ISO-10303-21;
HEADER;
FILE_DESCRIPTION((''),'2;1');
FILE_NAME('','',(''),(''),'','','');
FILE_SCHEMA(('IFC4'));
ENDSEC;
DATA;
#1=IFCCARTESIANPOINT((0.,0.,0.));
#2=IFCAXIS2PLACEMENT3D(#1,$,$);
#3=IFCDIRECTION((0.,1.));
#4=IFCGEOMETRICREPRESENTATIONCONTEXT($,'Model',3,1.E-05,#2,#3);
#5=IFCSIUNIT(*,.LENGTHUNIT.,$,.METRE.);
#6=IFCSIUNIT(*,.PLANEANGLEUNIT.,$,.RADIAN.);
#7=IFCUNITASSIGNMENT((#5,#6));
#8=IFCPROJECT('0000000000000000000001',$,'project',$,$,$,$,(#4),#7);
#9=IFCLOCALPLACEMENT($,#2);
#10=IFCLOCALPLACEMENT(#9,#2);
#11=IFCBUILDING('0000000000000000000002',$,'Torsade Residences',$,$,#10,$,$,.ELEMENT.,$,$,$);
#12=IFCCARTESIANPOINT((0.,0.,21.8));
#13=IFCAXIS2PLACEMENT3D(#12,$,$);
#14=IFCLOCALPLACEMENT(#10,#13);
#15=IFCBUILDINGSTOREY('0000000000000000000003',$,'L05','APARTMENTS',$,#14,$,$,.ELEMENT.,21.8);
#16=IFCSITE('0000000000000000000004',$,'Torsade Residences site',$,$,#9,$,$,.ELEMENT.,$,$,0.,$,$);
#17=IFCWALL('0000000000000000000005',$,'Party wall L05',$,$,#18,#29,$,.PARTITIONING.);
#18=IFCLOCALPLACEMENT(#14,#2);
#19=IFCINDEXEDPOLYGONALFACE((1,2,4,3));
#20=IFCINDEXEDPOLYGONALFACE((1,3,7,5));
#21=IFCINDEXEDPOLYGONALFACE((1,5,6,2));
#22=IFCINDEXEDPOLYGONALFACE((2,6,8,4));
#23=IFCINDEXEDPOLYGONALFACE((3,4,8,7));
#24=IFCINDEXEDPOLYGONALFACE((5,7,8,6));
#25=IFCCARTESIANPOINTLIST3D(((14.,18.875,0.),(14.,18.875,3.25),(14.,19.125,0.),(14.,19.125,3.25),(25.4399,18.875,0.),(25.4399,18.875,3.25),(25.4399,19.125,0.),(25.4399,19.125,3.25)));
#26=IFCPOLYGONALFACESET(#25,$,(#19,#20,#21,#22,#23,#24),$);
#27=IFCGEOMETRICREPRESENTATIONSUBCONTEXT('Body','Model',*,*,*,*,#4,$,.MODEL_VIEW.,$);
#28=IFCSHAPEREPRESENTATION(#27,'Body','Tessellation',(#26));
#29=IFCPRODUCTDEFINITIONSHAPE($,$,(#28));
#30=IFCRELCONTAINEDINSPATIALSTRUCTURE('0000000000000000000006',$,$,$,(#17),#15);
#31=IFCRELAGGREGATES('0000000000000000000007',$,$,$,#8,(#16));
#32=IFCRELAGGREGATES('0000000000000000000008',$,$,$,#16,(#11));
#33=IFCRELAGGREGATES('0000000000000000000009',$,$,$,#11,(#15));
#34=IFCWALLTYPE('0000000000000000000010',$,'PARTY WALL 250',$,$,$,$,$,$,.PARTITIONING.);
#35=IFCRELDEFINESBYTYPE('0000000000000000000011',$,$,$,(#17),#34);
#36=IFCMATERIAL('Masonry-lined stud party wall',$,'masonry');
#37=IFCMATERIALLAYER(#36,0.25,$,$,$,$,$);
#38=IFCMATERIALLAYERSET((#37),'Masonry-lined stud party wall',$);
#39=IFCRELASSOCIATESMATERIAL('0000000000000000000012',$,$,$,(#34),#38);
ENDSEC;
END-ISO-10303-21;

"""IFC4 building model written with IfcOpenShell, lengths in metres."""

from ifc_helpers import new_model, si_unit, direction, frame, frame_2d, origin, place, context, subcontext, project, spatial, rectangle, extrude, material, layer, layer_set, type_object, element, save


model = new_model("IFC4")

# Units and contexts
model_context = context("Model", 3, precision=1e-05, world=origin(), true_north=direction((0.0, 1.0)))
body_context = subcontext(model_context, "Body", "Model", "MODEL_VIEW")
ifc_project = project(units=[si_unit("LENGTHUNIT", "METRE"), si_unit("PLANEANGLEUNIT", "RADIAN")], contexts=[model_context])

# Site, building, storey
site_placement = place(None, origin())
site = spatial("IfcSite", under=ifc_project, at=site_placement, Name="Torsade Residences site", CompositionType="ELEMENT", RefElevation=0.0)
building_placement = place(site_placement, origin())
building = spatial("IfcBuilding", under=site, at=building_placement, Name="Torsade Residences", CompositionType="ELEMENT")
storey_placement = place(building_placement, frame((0.0, 0.0, 21.8)))
storey = spatial("IfcBuildingStorey", under=building, at=storey_placement, Name="L05", Description="APARTMENTS", CompositionType="ELEMENT", Elevation=21.8)

# Wall
ifc_material_1 = material(Name="Masonry-lined stud party wall", Category="masonry")
ifc_layer_1 = layer(ifc_material_1, 0.25)
ifc_layer_set_1 = layer_set([ifc_layer_1], Name="Masonry-lined stud party wall")
wall_type_1 = type_object("IfcWallType", Name="PARTY WALL 250", PredefinedType="PARTITIONING", material=ifc_layer_set_1)
wall_1_placement = place(storey_placement, frame((14.0, 19.0, 0.0), z_axis=(0.0, 0.0, 1.0), x_axis=(1.0, 0.0, 0.0)))
element("IfcWall", 1, at=wall_1_placement, inside=storey, type_object=wall_type_1, Name="Party wall L05", PredefinedType="PARTITIONING", context=body_context, shape_type="SweptSolid", body=[
    extrude(rectangle(XDim=11.4399, YDim=0.25, at=frame_2d((5.72, 0.0))), origin(), (0.0, 0.0, 1.0), 3.25),
])

save(model, "model.ifc")
